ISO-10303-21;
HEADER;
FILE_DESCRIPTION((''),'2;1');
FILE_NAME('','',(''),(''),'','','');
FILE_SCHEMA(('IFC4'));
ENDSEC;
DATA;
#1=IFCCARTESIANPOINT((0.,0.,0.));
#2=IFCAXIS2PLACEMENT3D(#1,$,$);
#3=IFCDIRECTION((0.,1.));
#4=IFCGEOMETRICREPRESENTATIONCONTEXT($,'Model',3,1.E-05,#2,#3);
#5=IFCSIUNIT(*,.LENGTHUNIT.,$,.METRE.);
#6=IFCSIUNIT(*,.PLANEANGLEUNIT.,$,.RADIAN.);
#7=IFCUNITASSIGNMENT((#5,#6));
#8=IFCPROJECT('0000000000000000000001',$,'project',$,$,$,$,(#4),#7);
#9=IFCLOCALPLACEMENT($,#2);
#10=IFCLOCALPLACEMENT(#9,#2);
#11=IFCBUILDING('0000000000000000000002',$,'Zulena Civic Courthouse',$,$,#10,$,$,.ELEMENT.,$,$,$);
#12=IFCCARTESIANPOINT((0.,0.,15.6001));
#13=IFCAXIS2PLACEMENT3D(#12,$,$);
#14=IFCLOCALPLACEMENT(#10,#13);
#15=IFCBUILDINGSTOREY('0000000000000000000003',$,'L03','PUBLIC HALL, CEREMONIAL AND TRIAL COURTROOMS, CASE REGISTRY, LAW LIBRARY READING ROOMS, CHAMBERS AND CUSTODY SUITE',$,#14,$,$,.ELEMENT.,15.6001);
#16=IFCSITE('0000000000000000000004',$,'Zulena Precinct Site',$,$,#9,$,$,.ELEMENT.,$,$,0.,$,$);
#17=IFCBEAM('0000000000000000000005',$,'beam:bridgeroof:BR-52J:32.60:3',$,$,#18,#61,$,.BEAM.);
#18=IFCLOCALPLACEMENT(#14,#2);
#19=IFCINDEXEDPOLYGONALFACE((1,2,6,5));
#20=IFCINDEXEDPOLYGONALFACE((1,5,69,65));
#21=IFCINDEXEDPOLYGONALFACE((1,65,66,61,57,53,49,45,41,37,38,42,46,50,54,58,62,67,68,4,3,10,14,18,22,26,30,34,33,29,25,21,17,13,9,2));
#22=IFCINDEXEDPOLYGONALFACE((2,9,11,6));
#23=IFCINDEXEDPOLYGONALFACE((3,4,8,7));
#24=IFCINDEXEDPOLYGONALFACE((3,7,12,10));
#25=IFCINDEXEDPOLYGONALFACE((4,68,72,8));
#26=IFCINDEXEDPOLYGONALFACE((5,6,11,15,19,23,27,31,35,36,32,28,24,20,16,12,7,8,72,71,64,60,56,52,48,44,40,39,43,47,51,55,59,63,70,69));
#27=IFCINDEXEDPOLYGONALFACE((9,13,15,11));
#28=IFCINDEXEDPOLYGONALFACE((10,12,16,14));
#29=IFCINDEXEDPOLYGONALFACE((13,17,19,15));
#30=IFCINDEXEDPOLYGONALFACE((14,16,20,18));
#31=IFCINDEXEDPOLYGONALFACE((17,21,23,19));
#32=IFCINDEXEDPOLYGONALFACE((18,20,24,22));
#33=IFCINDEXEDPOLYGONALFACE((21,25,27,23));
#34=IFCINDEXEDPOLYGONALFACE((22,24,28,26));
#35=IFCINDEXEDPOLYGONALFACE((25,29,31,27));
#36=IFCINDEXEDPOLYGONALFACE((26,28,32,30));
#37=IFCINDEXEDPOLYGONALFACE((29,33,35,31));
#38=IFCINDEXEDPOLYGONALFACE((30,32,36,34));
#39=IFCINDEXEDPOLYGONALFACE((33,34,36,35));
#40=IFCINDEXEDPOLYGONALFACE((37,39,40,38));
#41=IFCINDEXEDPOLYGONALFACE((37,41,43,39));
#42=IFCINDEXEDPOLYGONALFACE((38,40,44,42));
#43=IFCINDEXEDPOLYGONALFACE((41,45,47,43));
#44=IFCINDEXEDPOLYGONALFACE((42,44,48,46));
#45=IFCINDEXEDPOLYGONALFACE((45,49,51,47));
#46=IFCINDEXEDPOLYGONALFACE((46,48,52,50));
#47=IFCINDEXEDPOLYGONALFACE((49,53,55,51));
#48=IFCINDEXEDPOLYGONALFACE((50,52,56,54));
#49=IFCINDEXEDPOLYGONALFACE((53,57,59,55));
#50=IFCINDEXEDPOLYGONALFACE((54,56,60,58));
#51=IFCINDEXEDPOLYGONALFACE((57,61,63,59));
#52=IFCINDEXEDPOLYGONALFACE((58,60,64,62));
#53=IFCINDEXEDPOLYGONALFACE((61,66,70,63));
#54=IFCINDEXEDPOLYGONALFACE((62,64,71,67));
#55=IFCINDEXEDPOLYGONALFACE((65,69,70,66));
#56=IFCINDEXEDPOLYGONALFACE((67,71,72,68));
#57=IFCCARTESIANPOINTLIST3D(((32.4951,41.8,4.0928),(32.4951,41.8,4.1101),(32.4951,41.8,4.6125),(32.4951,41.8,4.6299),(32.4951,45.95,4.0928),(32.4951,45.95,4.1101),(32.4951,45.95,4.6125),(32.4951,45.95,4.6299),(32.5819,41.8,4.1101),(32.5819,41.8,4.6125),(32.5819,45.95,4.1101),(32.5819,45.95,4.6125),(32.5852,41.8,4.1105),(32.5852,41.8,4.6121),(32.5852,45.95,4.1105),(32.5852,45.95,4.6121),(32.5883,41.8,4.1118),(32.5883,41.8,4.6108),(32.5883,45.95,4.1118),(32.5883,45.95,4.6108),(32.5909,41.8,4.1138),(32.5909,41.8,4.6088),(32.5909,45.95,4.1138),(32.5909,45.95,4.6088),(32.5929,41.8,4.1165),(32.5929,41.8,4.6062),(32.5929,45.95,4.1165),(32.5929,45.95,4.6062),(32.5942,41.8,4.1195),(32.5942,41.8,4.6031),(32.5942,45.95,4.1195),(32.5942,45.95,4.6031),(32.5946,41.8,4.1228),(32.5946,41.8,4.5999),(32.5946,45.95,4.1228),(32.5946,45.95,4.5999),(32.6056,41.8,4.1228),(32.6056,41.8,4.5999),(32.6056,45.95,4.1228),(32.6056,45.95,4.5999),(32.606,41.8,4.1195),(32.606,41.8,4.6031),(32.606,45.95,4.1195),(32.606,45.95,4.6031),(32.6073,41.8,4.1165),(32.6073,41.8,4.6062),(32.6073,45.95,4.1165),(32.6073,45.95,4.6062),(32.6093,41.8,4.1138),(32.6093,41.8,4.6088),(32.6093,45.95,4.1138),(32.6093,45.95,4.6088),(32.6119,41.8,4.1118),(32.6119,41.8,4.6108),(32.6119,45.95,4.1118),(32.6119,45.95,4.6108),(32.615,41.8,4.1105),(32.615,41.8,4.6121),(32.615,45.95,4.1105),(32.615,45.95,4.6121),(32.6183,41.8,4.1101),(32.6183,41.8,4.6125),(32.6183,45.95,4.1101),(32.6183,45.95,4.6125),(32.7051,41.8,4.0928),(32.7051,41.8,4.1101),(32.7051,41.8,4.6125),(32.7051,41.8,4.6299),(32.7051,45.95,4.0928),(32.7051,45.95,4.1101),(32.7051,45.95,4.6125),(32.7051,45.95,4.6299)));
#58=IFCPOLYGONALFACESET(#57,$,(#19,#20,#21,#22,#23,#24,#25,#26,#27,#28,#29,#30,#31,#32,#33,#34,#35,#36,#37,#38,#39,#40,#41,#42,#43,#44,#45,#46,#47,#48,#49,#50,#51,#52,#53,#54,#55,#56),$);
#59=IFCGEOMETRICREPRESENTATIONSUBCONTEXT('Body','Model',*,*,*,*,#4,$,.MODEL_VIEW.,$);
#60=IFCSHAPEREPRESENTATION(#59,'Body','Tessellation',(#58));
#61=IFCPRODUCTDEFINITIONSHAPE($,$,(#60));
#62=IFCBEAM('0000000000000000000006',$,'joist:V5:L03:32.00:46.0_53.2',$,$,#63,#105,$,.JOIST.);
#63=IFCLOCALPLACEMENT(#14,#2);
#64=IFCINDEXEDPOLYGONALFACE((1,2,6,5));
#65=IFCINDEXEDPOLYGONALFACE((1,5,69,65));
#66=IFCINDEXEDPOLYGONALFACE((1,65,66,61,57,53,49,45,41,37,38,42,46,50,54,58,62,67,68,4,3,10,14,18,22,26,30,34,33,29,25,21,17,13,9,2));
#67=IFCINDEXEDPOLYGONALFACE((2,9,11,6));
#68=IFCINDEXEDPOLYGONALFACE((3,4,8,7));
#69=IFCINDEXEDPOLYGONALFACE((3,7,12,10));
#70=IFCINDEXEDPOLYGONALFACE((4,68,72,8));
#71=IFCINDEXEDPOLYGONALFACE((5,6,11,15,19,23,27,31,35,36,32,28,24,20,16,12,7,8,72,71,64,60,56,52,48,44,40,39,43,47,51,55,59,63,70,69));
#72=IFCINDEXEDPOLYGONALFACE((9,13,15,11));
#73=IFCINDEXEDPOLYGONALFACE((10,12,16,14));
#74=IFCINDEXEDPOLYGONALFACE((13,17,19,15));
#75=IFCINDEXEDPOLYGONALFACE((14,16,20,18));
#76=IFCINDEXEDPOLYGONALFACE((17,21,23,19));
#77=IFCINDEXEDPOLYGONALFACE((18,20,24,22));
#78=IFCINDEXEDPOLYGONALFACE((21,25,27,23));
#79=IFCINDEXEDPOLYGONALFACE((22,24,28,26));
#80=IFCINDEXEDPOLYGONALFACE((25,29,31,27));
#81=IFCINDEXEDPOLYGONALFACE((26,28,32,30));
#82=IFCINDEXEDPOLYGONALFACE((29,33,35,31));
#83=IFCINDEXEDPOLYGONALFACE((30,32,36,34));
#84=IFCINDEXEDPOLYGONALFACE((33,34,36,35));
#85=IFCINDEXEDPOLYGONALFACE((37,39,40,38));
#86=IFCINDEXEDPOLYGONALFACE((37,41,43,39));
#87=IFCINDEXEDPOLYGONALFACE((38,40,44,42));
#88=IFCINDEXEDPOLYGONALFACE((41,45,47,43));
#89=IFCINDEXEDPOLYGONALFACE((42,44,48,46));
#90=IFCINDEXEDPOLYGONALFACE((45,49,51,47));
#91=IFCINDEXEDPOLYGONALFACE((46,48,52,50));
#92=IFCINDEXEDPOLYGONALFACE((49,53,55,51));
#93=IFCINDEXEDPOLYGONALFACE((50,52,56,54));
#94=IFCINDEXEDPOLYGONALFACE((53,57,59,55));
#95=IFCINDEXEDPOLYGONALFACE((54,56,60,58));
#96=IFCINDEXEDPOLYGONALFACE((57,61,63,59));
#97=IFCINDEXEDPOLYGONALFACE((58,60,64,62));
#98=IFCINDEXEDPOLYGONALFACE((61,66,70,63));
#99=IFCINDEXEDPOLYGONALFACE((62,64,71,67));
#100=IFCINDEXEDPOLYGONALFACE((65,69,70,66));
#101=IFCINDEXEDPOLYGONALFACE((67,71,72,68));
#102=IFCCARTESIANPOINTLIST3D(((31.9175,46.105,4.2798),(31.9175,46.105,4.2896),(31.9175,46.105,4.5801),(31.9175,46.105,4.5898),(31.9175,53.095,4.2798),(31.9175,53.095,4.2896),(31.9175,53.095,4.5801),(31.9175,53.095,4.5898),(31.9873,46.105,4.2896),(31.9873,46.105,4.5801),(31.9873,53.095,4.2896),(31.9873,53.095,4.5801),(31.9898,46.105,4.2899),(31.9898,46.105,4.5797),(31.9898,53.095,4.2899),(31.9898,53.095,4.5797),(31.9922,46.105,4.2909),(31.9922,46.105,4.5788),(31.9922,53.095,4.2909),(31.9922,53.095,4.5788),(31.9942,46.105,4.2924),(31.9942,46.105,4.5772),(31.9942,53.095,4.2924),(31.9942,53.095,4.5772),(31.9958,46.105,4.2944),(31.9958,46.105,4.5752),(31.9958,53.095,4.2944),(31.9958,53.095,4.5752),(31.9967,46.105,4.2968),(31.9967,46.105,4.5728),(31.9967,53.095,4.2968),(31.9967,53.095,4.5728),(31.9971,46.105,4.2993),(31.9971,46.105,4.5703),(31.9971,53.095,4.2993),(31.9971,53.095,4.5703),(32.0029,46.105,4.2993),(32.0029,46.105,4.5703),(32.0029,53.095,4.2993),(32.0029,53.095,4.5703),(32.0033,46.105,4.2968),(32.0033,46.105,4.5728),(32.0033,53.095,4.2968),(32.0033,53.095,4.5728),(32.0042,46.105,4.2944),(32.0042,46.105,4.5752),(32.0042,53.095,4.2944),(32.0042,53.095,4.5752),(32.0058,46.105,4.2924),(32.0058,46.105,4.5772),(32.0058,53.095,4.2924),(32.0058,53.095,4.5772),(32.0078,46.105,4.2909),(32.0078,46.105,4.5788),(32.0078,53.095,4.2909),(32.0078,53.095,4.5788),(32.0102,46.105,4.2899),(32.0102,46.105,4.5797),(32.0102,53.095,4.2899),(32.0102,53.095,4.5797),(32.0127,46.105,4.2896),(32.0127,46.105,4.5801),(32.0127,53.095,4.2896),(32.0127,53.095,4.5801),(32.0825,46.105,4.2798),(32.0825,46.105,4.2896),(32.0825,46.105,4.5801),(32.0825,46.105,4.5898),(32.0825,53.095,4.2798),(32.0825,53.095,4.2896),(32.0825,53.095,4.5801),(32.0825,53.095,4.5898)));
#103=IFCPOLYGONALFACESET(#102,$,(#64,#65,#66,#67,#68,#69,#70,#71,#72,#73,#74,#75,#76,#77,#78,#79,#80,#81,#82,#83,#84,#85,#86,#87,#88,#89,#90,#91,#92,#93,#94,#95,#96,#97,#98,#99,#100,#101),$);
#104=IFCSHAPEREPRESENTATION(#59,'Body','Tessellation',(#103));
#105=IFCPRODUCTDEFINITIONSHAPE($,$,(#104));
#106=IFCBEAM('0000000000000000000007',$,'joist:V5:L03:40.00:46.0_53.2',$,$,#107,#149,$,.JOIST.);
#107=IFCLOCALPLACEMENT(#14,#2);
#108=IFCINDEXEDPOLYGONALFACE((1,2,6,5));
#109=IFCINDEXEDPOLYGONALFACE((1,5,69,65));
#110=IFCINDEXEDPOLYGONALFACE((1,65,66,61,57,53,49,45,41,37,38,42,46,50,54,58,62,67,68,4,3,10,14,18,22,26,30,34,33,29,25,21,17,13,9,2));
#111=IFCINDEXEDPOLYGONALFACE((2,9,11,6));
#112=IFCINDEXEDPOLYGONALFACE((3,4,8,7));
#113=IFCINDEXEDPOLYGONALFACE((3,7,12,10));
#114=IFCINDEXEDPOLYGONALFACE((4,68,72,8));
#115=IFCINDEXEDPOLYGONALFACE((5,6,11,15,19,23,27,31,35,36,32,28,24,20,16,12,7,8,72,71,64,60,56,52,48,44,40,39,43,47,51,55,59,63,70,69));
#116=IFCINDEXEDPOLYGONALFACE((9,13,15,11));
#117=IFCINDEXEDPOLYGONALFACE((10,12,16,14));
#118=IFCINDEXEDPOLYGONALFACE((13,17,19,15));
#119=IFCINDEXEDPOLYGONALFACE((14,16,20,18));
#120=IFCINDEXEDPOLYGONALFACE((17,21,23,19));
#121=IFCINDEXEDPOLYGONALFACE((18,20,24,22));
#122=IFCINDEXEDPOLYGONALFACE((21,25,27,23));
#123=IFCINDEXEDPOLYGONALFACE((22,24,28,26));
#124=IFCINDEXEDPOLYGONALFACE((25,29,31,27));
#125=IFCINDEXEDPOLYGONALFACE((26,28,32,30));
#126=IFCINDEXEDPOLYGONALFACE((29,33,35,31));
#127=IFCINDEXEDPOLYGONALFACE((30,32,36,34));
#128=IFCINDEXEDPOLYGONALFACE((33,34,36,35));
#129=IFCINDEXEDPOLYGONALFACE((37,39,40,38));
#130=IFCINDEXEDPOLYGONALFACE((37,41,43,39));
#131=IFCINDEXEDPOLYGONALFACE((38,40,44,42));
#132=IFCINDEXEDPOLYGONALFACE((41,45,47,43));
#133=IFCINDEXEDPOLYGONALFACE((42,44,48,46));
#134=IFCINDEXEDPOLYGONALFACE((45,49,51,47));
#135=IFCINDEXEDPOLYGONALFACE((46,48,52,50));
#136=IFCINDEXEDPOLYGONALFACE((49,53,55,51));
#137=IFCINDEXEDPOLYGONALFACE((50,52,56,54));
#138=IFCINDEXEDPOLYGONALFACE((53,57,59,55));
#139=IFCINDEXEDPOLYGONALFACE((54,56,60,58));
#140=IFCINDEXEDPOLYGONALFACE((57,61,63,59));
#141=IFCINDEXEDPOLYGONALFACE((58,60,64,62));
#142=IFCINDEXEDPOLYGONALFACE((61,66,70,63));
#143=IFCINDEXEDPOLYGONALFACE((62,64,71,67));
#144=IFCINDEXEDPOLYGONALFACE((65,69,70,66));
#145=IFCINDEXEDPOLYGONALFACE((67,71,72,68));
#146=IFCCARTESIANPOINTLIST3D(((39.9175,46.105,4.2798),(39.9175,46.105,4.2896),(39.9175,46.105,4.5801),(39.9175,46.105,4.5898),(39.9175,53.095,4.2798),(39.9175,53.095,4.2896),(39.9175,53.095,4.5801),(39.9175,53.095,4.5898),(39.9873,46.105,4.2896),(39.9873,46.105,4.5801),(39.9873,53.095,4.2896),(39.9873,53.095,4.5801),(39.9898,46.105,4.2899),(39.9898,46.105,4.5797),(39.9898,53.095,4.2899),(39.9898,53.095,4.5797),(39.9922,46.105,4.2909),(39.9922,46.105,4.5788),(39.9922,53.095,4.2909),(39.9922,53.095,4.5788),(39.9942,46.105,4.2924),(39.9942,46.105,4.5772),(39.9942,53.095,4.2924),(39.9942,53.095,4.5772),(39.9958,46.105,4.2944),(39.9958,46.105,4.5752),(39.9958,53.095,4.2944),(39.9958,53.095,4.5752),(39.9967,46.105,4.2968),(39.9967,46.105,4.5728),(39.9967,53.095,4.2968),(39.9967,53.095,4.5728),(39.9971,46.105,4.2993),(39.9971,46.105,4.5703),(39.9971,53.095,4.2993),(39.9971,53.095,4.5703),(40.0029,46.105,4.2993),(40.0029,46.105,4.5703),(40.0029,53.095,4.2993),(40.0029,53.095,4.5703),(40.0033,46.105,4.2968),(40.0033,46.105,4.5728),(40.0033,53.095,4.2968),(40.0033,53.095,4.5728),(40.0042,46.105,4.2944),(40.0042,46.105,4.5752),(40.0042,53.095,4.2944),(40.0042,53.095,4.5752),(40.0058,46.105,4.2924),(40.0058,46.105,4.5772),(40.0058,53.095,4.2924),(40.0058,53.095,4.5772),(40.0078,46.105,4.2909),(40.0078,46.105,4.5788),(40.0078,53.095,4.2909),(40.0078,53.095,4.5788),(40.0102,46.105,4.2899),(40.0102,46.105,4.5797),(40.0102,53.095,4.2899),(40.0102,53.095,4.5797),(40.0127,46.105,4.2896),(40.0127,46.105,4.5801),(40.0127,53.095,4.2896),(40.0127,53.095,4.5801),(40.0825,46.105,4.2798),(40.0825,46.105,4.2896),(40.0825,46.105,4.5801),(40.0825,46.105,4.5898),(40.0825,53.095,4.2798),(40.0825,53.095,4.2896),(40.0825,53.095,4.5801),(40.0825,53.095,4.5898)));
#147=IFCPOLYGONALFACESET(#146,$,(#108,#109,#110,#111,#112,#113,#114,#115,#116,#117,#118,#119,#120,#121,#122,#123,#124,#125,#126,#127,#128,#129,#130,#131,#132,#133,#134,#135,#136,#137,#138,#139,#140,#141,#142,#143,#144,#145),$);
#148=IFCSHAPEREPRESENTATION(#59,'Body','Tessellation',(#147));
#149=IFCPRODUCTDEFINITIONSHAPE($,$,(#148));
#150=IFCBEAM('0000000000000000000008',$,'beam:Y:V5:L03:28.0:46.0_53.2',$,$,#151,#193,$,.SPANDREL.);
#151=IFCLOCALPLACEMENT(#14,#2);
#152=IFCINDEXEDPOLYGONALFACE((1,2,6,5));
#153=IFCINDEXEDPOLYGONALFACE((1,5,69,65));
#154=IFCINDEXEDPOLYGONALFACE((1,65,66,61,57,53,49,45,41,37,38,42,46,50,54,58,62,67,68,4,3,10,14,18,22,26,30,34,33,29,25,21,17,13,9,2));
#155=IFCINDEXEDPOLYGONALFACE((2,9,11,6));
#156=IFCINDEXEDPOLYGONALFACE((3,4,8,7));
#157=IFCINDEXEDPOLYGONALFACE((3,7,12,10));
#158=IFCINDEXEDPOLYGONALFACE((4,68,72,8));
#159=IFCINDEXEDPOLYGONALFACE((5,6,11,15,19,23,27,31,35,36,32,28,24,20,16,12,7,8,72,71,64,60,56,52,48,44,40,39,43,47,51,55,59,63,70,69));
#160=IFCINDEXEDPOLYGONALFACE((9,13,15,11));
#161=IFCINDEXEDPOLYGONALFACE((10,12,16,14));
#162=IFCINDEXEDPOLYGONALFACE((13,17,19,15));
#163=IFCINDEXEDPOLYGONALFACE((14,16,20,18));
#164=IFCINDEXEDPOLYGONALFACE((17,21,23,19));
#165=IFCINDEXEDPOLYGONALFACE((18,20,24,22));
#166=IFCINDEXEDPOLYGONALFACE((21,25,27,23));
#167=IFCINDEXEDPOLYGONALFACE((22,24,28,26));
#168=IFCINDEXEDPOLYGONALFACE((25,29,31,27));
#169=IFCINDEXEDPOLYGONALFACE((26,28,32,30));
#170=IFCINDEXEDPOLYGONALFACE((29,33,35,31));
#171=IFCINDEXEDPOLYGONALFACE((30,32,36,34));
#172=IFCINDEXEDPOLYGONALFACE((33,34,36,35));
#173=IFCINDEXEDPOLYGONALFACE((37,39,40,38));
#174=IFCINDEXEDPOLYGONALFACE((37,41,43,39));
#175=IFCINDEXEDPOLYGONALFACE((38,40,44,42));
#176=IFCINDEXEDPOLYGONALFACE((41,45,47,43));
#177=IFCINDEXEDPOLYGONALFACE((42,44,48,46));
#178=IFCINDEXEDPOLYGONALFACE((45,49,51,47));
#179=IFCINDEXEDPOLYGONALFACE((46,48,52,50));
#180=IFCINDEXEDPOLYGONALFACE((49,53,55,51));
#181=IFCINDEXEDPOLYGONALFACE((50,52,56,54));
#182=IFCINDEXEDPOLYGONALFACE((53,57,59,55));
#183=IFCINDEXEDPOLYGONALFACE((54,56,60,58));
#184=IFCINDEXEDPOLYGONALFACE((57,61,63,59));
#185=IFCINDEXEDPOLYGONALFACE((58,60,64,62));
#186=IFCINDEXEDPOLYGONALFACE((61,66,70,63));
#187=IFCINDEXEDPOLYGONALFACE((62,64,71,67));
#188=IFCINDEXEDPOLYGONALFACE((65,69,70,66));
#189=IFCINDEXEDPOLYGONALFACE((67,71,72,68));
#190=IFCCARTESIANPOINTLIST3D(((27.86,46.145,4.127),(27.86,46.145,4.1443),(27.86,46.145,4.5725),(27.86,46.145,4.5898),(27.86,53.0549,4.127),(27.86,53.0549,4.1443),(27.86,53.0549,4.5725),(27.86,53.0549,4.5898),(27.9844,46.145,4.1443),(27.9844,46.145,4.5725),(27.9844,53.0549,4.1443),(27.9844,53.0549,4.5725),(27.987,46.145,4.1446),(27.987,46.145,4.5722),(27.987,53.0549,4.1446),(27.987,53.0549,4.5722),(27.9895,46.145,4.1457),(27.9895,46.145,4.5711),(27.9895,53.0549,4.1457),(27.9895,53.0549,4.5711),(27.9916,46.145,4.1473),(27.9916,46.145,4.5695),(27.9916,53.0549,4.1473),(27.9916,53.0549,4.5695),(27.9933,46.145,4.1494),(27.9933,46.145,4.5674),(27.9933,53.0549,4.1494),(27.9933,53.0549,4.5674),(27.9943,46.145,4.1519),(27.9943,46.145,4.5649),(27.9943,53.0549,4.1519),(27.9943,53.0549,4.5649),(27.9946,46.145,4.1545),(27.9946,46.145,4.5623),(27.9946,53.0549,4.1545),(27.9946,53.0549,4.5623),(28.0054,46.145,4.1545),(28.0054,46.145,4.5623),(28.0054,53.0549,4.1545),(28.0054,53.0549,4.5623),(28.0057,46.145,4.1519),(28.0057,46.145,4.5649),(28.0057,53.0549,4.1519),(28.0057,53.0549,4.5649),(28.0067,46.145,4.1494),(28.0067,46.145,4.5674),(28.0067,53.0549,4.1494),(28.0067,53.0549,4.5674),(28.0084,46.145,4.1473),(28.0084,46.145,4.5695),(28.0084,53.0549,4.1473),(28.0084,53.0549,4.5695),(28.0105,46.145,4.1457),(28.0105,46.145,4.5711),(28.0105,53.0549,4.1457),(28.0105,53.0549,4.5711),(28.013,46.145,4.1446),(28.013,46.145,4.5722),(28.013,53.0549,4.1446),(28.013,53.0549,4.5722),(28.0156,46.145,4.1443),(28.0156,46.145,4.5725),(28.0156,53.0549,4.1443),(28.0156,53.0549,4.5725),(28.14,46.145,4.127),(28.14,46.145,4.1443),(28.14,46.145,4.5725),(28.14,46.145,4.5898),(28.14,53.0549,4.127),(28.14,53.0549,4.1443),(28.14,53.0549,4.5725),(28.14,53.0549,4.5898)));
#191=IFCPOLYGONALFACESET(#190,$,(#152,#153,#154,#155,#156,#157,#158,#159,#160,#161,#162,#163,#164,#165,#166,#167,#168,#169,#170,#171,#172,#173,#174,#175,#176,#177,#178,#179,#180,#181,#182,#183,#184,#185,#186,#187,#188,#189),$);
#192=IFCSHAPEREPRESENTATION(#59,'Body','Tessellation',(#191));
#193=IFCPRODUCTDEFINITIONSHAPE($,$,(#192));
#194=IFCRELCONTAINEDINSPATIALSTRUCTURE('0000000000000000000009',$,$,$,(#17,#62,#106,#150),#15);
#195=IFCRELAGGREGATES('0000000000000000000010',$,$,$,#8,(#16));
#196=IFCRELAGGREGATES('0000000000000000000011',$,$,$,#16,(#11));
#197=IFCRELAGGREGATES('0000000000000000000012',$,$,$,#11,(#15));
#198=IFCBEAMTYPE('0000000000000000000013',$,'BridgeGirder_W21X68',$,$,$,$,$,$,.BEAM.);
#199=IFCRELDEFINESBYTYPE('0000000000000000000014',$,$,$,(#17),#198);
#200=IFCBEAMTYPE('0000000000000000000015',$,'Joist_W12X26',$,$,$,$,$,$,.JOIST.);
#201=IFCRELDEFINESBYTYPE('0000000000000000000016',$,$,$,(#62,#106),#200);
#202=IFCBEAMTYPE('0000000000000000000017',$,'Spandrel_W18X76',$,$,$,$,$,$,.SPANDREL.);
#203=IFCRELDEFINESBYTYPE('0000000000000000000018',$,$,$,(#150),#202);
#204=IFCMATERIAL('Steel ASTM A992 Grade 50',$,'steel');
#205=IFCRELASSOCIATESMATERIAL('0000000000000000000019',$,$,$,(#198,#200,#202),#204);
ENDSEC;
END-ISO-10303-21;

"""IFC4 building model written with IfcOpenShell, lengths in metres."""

from ifc_helpers import new_model, si_unit, direction, frame, origin, origin_2d, place, context, subcontext, project, spatial, i_section, extrude, material, material_profile, profile_set, type_object, element, save


model = new_model("IFC4")

# Units and contexts
model_context = context("Model", 3, precision=1e-05, world=origin(), true_north=direction((0.0, 1.0)))
body_context = subcontext(model_context, "Body", "Model", "MODEL_VIEW")
ifc_project = project(units=[si_unit("LENGTHUNIT", "METRE"), si_unit("PLANEANGLEUNIT", "RADIAN")], contexts=[model_context])

# Site, building, storey
site_placement = place(None, origin())
site = spatial("IfcSite", under=ifc_project, at=site_placement, Name="Zulena Precinct Site", CompositionType="ELEMENT", RefElevation=0.0)
building_placement = place(site_placement, origin())
building = spatial("IfcBuilding", under=site, at=building_placement, Name="Zulena Civic Courthouse", CompositionType="ELEMENT")
storey_placement = place(building_placement, frame((0.0, 0.0, 15.6001)))
storey = spatial("IfcBuildingStorey", under=building, at=storey_placement, Name="L03", Description="PUBLIC HALL, CEREMONIAL AND TRIAL COURTROOMS, CASE REGISTRY, LAW LIBRARY READING ROOMS, CHAMBERS AND CUSTODY SUITE", CompositionType="ELEMENT", Elevation=15.6001)

# Shared definitions
ifc_material_1 = material(Name="Steel ASTM A992 Grade 50", Category="steel")

# Beams
ifc_material_profile_1 = material_profile(ifc_material_1, i_section(OverallWidth=0.21, OverallDepth=0.5371, WebThickness=0.011, FlangeThickness=0.0173, FilletRadius=0.0127, at=origin_2d()), Name="W21X68")
ifc_profile_set_1 = profile_set([ifc_material_profile_1], Name="Steel ASTM A992 Grade 50")
beam_type_1 = type_object("IfcBeamType", Name="BridgeGirder_W21X68", PredefinedType="BEAM", material=ifc_profile_set_1)
beam_1_placement = place(storey_placement, frame((32.6001, 41.8, 4.3613), z_axis=(0.0, 1.0, 0.0), x_axis=(-1.0, 0.0, 0.0)))
element("IfcBeam", 1, at=beam_1_placement, inside=storey, type_object=beam_type_1, Name="beam:bridgeroof:BR-52J:32.60:3", PredefinedType="BEAM", context=body_context, shape_type="SweptSolid", body=[
    extrude(i_section(OverallWidth=0.21, OverallDepth=0.5371, WebThickness=0.011, FlangeThickness=0.0173, FilletRadius=0.0127, at=origin_2d()), origin(), (0.0, 0.0, 1.0), 4.1499),
])
ifc_material_profile_2 = material_profile(ifc_material_1, i_section(OverallWidth=0.165, OverallDepth=0.3101, WebThickness=0.0059, FlangeThickness=0.0098, FilletRadius=0.0098, at=origin_2d()), Name="W12X26")
ifc_profile_set_2 = profile_set([ifc_material_profile_2], Name="Steel ASTM A992 Grade 50")
beam_type_2 = type_object("IfcBeamType", Name="Joist_W12X26", PredefinedType="JOIST", material=ifc_profile_set_2)
for number, where, z_axis, x_axis, name in (
    (2, (32.0, 46.105, 4.4348), (0.0, 1.0, 0.0), (-1.0, 0.0, 0.0), "joist:V5:L03:32.00:46.0_53.2"),
    (3, (40.0, 46.105, 4.4348), (0.0, 1.0, 0.0), (-1.0, 0.0, 0.0), "joist:V5:L03:40.00:46.0_53.2"),
):
    element("IfcBeam", number, at=place(storey_placement, frame(where, z_axis=z_axis, x_axis=x_axis)), inside=storey, type_object=beam_type_2, Name=name, PredefinedType="JOIST", context=body_context, shape_type="SweptSolid", body=[
        extrude(i_section(OverallWidth=0.165, OverallDepth=0.3101, WebThickness=0.0059, FlangeThickness=0.0098, FilletRadius=0.0098, at=origin_2d()), origin(), (0.0, 0.0, 1.0), 6.99),
    ])
ifc_material_profile_3 = material_profile(ifc_material_1, i_section(OverallWidth=0.28, OverallDepth=0.4629, WebThickness=0.0107, FlangeThickness=0.0173, FilletRadius=0.0103, at=origin_2d()), Name="W18X76")
ifc_profile_set_3 = profile_set([ifc_material_profile_3], Name="Steel ASTM A992 Grade 50")
beam_type_3 = type_object("IfcBeamType", Name="Spandrel_W18X76", PredefinedType="SPANDREL", material=ifc_profile_set_3)
for number, where, z_axis, x_axis, name in (
    (4, (28.0, 46.145, 4.3584), (0.0, 1.0, 0.0), (-1.0, 0.0, 0.0), "beam:Y:V5:L03:28.0:46.0_53.2"),
):
    element("IfcBeam", number, at=place(storey_placement, frame(where, z_axis=z_axis, x_axis=x_axis)), inside=storey, type_object=beam_type_3, Name=name, PredefinedType="SPANDREL", context=body_context, shape_type="SweptSolid", body=[
        extrude(i_section(OverallWidth=0.28, OverallDepth=0.4629, WebThickness=0.0107, FlangeThickness=0.0173, FilletRadius=0.0103, at=origin_2d()), origin(), (0.0, 0.0, 1.0), 6.9099),
    ])

save(model, "model.ifc")
